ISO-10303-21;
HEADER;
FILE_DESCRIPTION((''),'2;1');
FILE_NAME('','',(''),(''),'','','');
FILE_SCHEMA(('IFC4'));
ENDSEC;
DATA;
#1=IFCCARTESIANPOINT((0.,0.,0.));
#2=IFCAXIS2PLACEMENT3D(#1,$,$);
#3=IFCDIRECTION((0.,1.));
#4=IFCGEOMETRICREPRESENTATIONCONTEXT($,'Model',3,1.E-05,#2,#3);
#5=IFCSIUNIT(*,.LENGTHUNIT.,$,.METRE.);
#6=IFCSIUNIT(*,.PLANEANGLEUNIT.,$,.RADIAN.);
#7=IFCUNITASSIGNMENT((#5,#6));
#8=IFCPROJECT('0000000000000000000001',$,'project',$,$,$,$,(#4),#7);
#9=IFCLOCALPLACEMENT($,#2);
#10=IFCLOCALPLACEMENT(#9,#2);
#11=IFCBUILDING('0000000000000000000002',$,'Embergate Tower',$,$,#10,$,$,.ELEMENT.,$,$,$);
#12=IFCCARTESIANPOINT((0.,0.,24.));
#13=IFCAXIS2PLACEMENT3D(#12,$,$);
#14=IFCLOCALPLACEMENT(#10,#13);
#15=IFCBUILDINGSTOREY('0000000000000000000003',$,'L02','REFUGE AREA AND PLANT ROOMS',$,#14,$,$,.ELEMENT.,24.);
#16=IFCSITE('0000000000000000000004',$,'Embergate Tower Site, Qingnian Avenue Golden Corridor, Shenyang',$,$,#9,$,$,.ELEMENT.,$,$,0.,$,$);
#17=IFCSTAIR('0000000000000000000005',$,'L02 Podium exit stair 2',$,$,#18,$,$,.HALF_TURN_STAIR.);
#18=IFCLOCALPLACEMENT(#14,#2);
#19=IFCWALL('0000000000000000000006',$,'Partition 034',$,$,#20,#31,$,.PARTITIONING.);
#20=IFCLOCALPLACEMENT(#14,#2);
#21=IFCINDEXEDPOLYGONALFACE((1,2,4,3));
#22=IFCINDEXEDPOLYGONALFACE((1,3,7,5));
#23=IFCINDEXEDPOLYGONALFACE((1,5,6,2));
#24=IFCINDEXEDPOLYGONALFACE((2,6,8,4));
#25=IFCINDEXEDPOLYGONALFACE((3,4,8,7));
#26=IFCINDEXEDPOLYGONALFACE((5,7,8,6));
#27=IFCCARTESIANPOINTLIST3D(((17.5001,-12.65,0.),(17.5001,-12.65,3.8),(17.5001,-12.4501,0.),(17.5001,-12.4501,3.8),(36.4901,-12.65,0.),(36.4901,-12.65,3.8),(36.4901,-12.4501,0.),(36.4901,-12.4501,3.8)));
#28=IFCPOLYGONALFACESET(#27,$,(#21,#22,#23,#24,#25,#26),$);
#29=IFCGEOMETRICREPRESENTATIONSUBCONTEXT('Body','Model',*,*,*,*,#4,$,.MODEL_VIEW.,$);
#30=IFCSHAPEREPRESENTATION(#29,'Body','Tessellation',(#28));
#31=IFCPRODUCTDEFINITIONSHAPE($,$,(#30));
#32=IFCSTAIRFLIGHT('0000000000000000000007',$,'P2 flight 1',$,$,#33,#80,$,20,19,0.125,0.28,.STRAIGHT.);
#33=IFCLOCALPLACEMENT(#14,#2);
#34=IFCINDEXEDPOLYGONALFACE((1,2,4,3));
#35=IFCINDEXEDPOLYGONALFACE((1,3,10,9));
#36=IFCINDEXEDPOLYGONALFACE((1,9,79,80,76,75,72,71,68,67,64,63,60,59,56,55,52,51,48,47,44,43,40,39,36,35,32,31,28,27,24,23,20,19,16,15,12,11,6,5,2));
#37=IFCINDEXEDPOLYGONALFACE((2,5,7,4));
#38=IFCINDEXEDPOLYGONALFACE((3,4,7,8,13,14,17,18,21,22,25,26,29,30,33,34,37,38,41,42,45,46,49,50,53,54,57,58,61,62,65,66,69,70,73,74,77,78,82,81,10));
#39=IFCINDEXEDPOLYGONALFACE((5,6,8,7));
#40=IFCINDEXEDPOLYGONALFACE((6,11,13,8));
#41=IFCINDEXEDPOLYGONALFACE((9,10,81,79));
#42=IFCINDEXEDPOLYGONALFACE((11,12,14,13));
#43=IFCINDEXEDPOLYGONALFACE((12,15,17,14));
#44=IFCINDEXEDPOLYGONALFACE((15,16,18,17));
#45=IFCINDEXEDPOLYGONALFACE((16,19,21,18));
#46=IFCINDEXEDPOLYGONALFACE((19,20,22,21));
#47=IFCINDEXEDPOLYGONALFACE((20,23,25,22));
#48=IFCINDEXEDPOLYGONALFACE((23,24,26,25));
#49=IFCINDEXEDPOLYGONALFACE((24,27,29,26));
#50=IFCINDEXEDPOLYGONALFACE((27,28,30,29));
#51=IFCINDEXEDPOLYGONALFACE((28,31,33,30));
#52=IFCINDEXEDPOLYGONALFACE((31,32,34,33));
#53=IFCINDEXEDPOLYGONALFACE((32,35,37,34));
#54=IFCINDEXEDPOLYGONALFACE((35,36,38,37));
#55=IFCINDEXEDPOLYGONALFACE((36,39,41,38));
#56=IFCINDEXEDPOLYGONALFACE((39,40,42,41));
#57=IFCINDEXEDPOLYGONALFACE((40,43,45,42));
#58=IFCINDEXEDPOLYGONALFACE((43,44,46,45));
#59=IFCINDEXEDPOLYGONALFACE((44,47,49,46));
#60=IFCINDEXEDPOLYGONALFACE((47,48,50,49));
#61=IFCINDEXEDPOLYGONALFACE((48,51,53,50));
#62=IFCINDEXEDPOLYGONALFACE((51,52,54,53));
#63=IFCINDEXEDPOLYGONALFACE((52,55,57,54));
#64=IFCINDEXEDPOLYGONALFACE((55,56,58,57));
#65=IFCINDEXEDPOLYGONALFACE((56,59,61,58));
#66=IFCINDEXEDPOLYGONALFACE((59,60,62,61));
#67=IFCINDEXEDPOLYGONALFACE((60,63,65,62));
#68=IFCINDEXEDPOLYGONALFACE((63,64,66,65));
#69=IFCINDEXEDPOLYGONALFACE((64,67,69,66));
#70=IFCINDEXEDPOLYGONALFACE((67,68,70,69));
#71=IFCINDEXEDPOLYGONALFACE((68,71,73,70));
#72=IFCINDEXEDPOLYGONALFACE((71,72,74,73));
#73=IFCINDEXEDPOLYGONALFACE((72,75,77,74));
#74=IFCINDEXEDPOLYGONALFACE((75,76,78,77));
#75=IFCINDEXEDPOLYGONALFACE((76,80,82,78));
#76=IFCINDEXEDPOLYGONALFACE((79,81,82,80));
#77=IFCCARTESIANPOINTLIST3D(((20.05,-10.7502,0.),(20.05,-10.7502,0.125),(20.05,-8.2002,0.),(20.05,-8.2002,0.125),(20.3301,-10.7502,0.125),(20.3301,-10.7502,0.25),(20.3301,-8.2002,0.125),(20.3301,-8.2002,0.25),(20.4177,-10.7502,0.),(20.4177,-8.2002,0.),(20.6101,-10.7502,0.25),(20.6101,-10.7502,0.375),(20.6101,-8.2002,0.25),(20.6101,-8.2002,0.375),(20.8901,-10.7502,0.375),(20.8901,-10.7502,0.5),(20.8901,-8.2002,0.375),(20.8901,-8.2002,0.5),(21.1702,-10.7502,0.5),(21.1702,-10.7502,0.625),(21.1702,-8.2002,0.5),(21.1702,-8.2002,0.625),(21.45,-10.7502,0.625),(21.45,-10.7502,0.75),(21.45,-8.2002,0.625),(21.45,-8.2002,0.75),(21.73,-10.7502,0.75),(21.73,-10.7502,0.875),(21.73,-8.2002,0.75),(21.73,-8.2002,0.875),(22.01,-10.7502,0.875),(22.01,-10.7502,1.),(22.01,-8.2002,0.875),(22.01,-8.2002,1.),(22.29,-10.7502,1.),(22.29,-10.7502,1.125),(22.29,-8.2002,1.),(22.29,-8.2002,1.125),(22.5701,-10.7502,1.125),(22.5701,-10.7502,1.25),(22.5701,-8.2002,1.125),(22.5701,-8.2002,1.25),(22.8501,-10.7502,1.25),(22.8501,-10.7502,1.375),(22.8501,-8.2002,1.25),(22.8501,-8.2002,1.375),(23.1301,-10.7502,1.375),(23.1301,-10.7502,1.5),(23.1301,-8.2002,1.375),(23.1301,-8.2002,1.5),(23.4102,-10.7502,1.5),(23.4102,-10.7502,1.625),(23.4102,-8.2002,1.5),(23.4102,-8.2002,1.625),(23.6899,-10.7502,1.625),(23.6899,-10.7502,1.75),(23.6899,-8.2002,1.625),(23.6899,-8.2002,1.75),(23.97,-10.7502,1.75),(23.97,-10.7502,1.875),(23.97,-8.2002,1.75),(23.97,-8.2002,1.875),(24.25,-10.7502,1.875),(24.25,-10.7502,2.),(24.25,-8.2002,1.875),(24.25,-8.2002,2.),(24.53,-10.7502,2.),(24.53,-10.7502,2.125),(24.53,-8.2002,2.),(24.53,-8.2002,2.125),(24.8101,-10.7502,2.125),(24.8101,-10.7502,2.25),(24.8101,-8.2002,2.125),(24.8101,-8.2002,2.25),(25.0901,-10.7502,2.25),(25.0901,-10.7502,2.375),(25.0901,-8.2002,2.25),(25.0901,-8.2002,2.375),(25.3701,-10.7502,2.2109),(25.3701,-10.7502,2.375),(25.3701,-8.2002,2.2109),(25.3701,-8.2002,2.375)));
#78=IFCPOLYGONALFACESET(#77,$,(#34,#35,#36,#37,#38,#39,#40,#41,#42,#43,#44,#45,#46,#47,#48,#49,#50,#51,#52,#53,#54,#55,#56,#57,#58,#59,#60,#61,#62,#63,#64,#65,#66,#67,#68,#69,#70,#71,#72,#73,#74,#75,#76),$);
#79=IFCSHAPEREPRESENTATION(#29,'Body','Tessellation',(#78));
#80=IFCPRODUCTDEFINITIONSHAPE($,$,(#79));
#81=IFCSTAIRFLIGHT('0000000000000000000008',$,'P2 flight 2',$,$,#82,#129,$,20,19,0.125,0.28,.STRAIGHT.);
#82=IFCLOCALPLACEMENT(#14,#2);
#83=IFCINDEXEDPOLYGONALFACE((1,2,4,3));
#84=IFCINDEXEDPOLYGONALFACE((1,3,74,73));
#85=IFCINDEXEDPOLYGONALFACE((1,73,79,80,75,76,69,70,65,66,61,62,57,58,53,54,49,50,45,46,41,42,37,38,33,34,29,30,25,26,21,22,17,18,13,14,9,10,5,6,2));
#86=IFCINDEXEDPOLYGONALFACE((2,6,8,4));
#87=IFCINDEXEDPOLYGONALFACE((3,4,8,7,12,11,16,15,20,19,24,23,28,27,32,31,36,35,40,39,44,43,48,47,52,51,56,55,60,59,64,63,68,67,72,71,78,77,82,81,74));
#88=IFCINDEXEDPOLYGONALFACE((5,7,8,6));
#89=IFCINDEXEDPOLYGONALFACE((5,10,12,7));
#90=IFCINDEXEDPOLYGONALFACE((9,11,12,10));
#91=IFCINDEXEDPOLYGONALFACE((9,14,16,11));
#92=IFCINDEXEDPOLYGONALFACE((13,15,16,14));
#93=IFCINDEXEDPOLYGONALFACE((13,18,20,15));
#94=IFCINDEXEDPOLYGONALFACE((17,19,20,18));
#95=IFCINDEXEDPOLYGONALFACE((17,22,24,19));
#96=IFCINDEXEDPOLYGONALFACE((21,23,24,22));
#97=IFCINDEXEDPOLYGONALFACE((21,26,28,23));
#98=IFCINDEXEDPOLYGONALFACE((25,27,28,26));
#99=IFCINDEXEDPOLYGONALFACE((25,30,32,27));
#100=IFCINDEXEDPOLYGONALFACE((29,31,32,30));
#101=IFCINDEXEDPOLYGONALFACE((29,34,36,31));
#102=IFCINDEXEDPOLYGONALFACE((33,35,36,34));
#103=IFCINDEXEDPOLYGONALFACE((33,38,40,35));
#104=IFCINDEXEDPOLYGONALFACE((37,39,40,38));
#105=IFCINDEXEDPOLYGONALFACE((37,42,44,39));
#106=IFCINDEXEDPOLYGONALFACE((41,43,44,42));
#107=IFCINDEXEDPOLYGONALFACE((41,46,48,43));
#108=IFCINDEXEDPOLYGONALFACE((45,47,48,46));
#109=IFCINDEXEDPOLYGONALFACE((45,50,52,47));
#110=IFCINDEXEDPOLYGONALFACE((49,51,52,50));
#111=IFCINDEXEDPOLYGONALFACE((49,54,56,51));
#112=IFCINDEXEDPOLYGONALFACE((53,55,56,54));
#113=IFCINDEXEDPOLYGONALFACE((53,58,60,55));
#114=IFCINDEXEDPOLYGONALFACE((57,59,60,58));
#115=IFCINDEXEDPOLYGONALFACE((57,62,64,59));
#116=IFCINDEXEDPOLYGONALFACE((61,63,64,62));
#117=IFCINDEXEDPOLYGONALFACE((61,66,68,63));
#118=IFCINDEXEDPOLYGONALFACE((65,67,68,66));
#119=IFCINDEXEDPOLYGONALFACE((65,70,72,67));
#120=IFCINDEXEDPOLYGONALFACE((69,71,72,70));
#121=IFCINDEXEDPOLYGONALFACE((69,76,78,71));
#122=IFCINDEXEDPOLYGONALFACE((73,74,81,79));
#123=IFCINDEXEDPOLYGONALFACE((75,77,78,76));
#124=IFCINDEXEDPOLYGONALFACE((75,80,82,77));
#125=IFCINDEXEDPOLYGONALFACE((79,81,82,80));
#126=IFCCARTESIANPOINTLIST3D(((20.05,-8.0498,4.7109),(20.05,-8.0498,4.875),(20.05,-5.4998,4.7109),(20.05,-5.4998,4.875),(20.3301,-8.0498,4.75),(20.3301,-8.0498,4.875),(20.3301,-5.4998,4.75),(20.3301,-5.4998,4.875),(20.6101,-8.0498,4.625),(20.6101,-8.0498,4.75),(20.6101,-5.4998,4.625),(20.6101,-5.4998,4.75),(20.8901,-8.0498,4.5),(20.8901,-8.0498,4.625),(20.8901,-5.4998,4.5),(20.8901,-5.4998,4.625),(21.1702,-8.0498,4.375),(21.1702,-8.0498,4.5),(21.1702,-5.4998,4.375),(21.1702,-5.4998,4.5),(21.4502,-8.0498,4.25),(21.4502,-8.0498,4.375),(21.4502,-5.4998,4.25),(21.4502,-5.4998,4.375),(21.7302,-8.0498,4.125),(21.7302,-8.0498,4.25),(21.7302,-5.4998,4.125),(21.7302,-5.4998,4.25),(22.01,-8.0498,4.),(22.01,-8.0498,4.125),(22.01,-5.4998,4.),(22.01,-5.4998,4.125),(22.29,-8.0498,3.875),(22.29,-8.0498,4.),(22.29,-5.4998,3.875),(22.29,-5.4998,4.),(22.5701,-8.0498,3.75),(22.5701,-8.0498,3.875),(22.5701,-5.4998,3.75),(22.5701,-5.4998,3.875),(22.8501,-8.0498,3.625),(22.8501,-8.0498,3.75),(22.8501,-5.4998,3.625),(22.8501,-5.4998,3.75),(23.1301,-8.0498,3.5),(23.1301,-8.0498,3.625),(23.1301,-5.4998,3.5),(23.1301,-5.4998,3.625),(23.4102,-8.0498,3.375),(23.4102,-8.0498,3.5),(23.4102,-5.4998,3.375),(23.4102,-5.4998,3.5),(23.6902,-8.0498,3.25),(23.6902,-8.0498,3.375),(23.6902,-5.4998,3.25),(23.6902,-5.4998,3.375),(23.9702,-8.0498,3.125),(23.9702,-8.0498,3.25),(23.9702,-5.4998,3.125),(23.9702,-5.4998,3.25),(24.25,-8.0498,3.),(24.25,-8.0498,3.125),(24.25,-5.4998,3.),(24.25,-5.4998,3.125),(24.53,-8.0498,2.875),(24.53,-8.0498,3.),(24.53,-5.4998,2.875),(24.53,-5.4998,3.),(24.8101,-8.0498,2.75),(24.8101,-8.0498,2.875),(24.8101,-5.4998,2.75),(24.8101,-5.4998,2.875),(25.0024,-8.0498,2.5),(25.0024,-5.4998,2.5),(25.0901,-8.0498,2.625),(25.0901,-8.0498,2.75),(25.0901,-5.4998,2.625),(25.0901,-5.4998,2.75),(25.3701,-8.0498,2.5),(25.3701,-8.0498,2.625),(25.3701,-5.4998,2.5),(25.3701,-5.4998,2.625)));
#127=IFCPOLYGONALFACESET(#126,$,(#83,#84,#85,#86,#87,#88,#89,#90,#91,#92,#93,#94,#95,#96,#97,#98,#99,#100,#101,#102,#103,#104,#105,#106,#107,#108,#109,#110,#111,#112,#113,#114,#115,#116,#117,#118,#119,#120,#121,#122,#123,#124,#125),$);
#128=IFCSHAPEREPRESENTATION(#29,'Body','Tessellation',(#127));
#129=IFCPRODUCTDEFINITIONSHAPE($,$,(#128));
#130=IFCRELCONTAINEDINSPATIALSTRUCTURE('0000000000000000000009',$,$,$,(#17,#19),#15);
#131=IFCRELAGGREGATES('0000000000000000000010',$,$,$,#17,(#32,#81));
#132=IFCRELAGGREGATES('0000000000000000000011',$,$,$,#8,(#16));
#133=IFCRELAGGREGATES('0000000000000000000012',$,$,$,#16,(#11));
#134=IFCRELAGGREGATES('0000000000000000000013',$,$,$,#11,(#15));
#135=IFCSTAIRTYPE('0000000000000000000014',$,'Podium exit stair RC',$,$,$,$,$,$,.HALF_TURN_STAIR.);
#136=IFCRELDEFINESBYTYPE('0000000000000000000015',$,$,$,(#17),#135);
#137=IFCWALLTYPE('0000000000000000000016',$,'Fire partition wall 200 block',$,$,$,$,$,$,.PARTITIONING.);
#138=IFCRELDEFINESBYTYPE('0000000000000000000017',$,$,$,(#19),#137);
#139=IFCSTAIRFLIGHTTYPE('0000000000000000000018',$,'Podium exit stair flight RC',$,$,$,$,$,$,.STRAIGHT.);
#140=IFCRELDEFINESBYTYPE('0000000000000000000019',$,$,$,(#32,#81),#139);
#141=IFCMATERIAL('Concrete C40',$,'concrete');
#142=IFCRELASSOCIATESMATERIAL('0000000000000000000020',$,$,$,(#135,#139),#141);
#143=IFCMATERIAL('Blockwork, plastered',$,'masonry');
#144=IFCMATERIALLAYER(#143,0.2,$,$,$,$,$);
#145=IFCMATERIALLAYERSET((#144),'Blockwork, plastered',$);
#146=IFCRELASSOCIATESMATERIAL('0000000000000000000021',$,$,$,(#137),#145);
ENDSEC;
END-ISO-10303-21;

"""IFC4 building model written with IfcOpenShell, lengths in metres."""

from ifc_helpers import new_model, si_unit, direction, frame, frame_2d, origin, place, context, subcontext, project, spatial, polyline, rectangle, outline, extrude, source, transform, mapped, material, layer, layer_set, type_object, element, aggregate, save


model = new_model("IFC4")

# Units and contexts
model_context = context("Model", 3, precision=1e-05, world=origin(), true_north=direction((0.0, 1.0)))
body_context = subcontext(model_context, "Body", "Model", "MODEL_VIEW")
ifc_project = project(units=[si_unit("LENGTHUNIT", "METRE"), si_unit("PLANEANGLEUNIT", "RADIAN")], contexts=[model_context])

# Site, building, storey
site_placement = place(None, origin())
site = spatial("IfcSite", under=ifc_project, at=site_placement, Name="Embergate Tower Site, Qingnian Avenue Golden Corridor, Shenyang", CompositionType="ELEMENT", RefElevation=0.0)
building_placement = place(site_placement, origin())
building = spatial("IfcBuilding", under=site, at=building_placement, Name="Embergate Tower", CompositionType="ELEMENT")
storey_placement = place(building_placement, frame((0.0, 0.0, 24.0)))
storey = spatial("IfcBuildingStorey", under=building, at=storey_placement, Name="L02", Description="REFUGE AREA AND PLANT ROOMS", CompositionType="ELEMENT", Elevation=24.0)

# Stair
ifc_material_1 = material(Name="Concrete C40", Category="concrete")
stair_type = type_object("IfcStairType", Name="Podium exit stair RC", PredefinedType="HALF_TURN_STAIR", material=ifc_material_1)
stair_placement = place(storey_placement, origin())
stair = element("IfcStair", 1, at=stair_placement, inside=storey, type_object=stair_type, Name="L02 Podium exit stair 2", PredefinedType="HALF_TURN_STAIR")

# Shared definitions
ifc_material_2 = material(Name="Blockwork, plastered", Category="masonry")
ifc_layer_1 = layer(ifc_material_2, 0.2)
ifc_layer_set_1 = layer_set([ifc_layer_1], Name="Blockwork, plastered")
wall_type_1 = type_object("IfcWallType", Name="Fire partition wall 200 block", PredefinedType="PARTITIONING", material=ifc_layer_set_1)

# Wall
shared_shape_1 = source(origin(), body_context, "Body", "SweptSolid", [
    extrude(rectangle(XDim=18.99, YDim=0.2, at=frame_2d((9.4951, 0.0))), origin(), (0.0, 0.0, 1.0), 3.8),
])
wall_1_placement = place(storey_placement, frame((17.5, -12.55, 0.0), z_axis=(0.0, 0.0, 1.0), x_axis=(1.0, 0.0, 0.0)))
element("IfcWall", 2, at=wall_1_placement, inside=storey, type_object=wall_type_1, Name="Partition 034", PredefinedType="PARTITIONING", context=body_context, shape_type="MappedRepresentation", body=[
    mapped(shared_shape_1, transform((0.0, 0.0, 0.0))),
])

# Stair flights
stair_flight_type = type_object("IfcStairFlightType", Name="Podium exit stair flight RC", PredefinedType="STRAIGHT", material=ifc_material_1)
shared_shape_2 = source(origin(), body_context, "Body", "SweptSolid", [
    extrude(outline(polyline([(0.0, 0.0), (0.0, 0.125), (0.28, 0.125), (0.28, 0.25), (0.5601, 0.25), (0.5601, 0.375), (0.8401, 0.375), (0.8401, 0.5), (1.1201, 0.5), (1.1201, 0.625), (1.3999, 0.625), (1.3999, 0.75), (1.6799, 0.75), (1.6799, 0.875), (1.96, 0.875), (1.96, 1.0), (2.24, 1.0), (2.24, 1.125), (2.52, 1.125), (2.52, 1.25), (2.8, 1.25), (2.8, 1.375), (3.0801, 1.375), (3.0801, 1.5), (3.3601, 1.5), (3.3601, 1.625), (3.6399, 1.625), (3.6399, 1.75), (3.9199, 1.75), (3.9199, 1.875), (4.2, 1.875), (4.2, 2.0), (4.48, 2.0), (4.48, 2.125), (4.76, 2.125), (4.76, 2.25), (5.04, 2.25), (5.04, 2.375), (5.3201, 2.375), (5.3201, 2.5), (5.3201, 2.2109), (0.3677, 0.0), (0.0, 0.0)])), frame((0.0, 1.2749, 0.0), z_axis=(0.0, -1.0, 0.0), x_axis=(1.0, 0.0, 0.0)), (0.0, 0.0, 1.0), 2.55),
])
stair_flight_1_placement = place(storey_placement, frame((20.05, -9.4751, 0.0), z_axis=(0.0, 0.0, 1.0), x_axis=(1.0, 0.0, 0.0)))
stair_flight_1 = element("IfcStairFlight", 3, at=stair_flight_1_placement, type_object=stair_flight_type, Name="P2 flight 1", NumberOfRisers=20, NumberOfTreads=19, PredefinedType="STRAIGHT", RiserHeight=0.125, TreadLength=0.28, context=body_context, shape_type="MappedRepresentation", body=[
    mapped(shared_shape_2, transform((0.0, 0.0, 0.0))),
])
stair_flight_2_placement = place(storey_placement, frame((25.3701, -6.7749, 2.5), z_axis=(0.0, 0.0, 1.0), x_axis=(-1.0, 0.0, 0.0)))
stair_flight_2 = element("IfcStairFlight", 4, at=stair_flight_2_placement, type_object=stair_flight_type, Name="P2 flight 2", NumberOfRisers=20, NumberOfTreads=19, PredefinedType="STRAIGHT", RiserHeight=0.125, TreadLength=0.28, context=body_context, shape_type="MappedRepresentation", body=[
    mapped(shared_shape_2, transform((0.0, 0.0, 0.0))),
])
aggregate(stair, [stair_flight_1, stair_flight_2])

save(model, "model.ifc")
